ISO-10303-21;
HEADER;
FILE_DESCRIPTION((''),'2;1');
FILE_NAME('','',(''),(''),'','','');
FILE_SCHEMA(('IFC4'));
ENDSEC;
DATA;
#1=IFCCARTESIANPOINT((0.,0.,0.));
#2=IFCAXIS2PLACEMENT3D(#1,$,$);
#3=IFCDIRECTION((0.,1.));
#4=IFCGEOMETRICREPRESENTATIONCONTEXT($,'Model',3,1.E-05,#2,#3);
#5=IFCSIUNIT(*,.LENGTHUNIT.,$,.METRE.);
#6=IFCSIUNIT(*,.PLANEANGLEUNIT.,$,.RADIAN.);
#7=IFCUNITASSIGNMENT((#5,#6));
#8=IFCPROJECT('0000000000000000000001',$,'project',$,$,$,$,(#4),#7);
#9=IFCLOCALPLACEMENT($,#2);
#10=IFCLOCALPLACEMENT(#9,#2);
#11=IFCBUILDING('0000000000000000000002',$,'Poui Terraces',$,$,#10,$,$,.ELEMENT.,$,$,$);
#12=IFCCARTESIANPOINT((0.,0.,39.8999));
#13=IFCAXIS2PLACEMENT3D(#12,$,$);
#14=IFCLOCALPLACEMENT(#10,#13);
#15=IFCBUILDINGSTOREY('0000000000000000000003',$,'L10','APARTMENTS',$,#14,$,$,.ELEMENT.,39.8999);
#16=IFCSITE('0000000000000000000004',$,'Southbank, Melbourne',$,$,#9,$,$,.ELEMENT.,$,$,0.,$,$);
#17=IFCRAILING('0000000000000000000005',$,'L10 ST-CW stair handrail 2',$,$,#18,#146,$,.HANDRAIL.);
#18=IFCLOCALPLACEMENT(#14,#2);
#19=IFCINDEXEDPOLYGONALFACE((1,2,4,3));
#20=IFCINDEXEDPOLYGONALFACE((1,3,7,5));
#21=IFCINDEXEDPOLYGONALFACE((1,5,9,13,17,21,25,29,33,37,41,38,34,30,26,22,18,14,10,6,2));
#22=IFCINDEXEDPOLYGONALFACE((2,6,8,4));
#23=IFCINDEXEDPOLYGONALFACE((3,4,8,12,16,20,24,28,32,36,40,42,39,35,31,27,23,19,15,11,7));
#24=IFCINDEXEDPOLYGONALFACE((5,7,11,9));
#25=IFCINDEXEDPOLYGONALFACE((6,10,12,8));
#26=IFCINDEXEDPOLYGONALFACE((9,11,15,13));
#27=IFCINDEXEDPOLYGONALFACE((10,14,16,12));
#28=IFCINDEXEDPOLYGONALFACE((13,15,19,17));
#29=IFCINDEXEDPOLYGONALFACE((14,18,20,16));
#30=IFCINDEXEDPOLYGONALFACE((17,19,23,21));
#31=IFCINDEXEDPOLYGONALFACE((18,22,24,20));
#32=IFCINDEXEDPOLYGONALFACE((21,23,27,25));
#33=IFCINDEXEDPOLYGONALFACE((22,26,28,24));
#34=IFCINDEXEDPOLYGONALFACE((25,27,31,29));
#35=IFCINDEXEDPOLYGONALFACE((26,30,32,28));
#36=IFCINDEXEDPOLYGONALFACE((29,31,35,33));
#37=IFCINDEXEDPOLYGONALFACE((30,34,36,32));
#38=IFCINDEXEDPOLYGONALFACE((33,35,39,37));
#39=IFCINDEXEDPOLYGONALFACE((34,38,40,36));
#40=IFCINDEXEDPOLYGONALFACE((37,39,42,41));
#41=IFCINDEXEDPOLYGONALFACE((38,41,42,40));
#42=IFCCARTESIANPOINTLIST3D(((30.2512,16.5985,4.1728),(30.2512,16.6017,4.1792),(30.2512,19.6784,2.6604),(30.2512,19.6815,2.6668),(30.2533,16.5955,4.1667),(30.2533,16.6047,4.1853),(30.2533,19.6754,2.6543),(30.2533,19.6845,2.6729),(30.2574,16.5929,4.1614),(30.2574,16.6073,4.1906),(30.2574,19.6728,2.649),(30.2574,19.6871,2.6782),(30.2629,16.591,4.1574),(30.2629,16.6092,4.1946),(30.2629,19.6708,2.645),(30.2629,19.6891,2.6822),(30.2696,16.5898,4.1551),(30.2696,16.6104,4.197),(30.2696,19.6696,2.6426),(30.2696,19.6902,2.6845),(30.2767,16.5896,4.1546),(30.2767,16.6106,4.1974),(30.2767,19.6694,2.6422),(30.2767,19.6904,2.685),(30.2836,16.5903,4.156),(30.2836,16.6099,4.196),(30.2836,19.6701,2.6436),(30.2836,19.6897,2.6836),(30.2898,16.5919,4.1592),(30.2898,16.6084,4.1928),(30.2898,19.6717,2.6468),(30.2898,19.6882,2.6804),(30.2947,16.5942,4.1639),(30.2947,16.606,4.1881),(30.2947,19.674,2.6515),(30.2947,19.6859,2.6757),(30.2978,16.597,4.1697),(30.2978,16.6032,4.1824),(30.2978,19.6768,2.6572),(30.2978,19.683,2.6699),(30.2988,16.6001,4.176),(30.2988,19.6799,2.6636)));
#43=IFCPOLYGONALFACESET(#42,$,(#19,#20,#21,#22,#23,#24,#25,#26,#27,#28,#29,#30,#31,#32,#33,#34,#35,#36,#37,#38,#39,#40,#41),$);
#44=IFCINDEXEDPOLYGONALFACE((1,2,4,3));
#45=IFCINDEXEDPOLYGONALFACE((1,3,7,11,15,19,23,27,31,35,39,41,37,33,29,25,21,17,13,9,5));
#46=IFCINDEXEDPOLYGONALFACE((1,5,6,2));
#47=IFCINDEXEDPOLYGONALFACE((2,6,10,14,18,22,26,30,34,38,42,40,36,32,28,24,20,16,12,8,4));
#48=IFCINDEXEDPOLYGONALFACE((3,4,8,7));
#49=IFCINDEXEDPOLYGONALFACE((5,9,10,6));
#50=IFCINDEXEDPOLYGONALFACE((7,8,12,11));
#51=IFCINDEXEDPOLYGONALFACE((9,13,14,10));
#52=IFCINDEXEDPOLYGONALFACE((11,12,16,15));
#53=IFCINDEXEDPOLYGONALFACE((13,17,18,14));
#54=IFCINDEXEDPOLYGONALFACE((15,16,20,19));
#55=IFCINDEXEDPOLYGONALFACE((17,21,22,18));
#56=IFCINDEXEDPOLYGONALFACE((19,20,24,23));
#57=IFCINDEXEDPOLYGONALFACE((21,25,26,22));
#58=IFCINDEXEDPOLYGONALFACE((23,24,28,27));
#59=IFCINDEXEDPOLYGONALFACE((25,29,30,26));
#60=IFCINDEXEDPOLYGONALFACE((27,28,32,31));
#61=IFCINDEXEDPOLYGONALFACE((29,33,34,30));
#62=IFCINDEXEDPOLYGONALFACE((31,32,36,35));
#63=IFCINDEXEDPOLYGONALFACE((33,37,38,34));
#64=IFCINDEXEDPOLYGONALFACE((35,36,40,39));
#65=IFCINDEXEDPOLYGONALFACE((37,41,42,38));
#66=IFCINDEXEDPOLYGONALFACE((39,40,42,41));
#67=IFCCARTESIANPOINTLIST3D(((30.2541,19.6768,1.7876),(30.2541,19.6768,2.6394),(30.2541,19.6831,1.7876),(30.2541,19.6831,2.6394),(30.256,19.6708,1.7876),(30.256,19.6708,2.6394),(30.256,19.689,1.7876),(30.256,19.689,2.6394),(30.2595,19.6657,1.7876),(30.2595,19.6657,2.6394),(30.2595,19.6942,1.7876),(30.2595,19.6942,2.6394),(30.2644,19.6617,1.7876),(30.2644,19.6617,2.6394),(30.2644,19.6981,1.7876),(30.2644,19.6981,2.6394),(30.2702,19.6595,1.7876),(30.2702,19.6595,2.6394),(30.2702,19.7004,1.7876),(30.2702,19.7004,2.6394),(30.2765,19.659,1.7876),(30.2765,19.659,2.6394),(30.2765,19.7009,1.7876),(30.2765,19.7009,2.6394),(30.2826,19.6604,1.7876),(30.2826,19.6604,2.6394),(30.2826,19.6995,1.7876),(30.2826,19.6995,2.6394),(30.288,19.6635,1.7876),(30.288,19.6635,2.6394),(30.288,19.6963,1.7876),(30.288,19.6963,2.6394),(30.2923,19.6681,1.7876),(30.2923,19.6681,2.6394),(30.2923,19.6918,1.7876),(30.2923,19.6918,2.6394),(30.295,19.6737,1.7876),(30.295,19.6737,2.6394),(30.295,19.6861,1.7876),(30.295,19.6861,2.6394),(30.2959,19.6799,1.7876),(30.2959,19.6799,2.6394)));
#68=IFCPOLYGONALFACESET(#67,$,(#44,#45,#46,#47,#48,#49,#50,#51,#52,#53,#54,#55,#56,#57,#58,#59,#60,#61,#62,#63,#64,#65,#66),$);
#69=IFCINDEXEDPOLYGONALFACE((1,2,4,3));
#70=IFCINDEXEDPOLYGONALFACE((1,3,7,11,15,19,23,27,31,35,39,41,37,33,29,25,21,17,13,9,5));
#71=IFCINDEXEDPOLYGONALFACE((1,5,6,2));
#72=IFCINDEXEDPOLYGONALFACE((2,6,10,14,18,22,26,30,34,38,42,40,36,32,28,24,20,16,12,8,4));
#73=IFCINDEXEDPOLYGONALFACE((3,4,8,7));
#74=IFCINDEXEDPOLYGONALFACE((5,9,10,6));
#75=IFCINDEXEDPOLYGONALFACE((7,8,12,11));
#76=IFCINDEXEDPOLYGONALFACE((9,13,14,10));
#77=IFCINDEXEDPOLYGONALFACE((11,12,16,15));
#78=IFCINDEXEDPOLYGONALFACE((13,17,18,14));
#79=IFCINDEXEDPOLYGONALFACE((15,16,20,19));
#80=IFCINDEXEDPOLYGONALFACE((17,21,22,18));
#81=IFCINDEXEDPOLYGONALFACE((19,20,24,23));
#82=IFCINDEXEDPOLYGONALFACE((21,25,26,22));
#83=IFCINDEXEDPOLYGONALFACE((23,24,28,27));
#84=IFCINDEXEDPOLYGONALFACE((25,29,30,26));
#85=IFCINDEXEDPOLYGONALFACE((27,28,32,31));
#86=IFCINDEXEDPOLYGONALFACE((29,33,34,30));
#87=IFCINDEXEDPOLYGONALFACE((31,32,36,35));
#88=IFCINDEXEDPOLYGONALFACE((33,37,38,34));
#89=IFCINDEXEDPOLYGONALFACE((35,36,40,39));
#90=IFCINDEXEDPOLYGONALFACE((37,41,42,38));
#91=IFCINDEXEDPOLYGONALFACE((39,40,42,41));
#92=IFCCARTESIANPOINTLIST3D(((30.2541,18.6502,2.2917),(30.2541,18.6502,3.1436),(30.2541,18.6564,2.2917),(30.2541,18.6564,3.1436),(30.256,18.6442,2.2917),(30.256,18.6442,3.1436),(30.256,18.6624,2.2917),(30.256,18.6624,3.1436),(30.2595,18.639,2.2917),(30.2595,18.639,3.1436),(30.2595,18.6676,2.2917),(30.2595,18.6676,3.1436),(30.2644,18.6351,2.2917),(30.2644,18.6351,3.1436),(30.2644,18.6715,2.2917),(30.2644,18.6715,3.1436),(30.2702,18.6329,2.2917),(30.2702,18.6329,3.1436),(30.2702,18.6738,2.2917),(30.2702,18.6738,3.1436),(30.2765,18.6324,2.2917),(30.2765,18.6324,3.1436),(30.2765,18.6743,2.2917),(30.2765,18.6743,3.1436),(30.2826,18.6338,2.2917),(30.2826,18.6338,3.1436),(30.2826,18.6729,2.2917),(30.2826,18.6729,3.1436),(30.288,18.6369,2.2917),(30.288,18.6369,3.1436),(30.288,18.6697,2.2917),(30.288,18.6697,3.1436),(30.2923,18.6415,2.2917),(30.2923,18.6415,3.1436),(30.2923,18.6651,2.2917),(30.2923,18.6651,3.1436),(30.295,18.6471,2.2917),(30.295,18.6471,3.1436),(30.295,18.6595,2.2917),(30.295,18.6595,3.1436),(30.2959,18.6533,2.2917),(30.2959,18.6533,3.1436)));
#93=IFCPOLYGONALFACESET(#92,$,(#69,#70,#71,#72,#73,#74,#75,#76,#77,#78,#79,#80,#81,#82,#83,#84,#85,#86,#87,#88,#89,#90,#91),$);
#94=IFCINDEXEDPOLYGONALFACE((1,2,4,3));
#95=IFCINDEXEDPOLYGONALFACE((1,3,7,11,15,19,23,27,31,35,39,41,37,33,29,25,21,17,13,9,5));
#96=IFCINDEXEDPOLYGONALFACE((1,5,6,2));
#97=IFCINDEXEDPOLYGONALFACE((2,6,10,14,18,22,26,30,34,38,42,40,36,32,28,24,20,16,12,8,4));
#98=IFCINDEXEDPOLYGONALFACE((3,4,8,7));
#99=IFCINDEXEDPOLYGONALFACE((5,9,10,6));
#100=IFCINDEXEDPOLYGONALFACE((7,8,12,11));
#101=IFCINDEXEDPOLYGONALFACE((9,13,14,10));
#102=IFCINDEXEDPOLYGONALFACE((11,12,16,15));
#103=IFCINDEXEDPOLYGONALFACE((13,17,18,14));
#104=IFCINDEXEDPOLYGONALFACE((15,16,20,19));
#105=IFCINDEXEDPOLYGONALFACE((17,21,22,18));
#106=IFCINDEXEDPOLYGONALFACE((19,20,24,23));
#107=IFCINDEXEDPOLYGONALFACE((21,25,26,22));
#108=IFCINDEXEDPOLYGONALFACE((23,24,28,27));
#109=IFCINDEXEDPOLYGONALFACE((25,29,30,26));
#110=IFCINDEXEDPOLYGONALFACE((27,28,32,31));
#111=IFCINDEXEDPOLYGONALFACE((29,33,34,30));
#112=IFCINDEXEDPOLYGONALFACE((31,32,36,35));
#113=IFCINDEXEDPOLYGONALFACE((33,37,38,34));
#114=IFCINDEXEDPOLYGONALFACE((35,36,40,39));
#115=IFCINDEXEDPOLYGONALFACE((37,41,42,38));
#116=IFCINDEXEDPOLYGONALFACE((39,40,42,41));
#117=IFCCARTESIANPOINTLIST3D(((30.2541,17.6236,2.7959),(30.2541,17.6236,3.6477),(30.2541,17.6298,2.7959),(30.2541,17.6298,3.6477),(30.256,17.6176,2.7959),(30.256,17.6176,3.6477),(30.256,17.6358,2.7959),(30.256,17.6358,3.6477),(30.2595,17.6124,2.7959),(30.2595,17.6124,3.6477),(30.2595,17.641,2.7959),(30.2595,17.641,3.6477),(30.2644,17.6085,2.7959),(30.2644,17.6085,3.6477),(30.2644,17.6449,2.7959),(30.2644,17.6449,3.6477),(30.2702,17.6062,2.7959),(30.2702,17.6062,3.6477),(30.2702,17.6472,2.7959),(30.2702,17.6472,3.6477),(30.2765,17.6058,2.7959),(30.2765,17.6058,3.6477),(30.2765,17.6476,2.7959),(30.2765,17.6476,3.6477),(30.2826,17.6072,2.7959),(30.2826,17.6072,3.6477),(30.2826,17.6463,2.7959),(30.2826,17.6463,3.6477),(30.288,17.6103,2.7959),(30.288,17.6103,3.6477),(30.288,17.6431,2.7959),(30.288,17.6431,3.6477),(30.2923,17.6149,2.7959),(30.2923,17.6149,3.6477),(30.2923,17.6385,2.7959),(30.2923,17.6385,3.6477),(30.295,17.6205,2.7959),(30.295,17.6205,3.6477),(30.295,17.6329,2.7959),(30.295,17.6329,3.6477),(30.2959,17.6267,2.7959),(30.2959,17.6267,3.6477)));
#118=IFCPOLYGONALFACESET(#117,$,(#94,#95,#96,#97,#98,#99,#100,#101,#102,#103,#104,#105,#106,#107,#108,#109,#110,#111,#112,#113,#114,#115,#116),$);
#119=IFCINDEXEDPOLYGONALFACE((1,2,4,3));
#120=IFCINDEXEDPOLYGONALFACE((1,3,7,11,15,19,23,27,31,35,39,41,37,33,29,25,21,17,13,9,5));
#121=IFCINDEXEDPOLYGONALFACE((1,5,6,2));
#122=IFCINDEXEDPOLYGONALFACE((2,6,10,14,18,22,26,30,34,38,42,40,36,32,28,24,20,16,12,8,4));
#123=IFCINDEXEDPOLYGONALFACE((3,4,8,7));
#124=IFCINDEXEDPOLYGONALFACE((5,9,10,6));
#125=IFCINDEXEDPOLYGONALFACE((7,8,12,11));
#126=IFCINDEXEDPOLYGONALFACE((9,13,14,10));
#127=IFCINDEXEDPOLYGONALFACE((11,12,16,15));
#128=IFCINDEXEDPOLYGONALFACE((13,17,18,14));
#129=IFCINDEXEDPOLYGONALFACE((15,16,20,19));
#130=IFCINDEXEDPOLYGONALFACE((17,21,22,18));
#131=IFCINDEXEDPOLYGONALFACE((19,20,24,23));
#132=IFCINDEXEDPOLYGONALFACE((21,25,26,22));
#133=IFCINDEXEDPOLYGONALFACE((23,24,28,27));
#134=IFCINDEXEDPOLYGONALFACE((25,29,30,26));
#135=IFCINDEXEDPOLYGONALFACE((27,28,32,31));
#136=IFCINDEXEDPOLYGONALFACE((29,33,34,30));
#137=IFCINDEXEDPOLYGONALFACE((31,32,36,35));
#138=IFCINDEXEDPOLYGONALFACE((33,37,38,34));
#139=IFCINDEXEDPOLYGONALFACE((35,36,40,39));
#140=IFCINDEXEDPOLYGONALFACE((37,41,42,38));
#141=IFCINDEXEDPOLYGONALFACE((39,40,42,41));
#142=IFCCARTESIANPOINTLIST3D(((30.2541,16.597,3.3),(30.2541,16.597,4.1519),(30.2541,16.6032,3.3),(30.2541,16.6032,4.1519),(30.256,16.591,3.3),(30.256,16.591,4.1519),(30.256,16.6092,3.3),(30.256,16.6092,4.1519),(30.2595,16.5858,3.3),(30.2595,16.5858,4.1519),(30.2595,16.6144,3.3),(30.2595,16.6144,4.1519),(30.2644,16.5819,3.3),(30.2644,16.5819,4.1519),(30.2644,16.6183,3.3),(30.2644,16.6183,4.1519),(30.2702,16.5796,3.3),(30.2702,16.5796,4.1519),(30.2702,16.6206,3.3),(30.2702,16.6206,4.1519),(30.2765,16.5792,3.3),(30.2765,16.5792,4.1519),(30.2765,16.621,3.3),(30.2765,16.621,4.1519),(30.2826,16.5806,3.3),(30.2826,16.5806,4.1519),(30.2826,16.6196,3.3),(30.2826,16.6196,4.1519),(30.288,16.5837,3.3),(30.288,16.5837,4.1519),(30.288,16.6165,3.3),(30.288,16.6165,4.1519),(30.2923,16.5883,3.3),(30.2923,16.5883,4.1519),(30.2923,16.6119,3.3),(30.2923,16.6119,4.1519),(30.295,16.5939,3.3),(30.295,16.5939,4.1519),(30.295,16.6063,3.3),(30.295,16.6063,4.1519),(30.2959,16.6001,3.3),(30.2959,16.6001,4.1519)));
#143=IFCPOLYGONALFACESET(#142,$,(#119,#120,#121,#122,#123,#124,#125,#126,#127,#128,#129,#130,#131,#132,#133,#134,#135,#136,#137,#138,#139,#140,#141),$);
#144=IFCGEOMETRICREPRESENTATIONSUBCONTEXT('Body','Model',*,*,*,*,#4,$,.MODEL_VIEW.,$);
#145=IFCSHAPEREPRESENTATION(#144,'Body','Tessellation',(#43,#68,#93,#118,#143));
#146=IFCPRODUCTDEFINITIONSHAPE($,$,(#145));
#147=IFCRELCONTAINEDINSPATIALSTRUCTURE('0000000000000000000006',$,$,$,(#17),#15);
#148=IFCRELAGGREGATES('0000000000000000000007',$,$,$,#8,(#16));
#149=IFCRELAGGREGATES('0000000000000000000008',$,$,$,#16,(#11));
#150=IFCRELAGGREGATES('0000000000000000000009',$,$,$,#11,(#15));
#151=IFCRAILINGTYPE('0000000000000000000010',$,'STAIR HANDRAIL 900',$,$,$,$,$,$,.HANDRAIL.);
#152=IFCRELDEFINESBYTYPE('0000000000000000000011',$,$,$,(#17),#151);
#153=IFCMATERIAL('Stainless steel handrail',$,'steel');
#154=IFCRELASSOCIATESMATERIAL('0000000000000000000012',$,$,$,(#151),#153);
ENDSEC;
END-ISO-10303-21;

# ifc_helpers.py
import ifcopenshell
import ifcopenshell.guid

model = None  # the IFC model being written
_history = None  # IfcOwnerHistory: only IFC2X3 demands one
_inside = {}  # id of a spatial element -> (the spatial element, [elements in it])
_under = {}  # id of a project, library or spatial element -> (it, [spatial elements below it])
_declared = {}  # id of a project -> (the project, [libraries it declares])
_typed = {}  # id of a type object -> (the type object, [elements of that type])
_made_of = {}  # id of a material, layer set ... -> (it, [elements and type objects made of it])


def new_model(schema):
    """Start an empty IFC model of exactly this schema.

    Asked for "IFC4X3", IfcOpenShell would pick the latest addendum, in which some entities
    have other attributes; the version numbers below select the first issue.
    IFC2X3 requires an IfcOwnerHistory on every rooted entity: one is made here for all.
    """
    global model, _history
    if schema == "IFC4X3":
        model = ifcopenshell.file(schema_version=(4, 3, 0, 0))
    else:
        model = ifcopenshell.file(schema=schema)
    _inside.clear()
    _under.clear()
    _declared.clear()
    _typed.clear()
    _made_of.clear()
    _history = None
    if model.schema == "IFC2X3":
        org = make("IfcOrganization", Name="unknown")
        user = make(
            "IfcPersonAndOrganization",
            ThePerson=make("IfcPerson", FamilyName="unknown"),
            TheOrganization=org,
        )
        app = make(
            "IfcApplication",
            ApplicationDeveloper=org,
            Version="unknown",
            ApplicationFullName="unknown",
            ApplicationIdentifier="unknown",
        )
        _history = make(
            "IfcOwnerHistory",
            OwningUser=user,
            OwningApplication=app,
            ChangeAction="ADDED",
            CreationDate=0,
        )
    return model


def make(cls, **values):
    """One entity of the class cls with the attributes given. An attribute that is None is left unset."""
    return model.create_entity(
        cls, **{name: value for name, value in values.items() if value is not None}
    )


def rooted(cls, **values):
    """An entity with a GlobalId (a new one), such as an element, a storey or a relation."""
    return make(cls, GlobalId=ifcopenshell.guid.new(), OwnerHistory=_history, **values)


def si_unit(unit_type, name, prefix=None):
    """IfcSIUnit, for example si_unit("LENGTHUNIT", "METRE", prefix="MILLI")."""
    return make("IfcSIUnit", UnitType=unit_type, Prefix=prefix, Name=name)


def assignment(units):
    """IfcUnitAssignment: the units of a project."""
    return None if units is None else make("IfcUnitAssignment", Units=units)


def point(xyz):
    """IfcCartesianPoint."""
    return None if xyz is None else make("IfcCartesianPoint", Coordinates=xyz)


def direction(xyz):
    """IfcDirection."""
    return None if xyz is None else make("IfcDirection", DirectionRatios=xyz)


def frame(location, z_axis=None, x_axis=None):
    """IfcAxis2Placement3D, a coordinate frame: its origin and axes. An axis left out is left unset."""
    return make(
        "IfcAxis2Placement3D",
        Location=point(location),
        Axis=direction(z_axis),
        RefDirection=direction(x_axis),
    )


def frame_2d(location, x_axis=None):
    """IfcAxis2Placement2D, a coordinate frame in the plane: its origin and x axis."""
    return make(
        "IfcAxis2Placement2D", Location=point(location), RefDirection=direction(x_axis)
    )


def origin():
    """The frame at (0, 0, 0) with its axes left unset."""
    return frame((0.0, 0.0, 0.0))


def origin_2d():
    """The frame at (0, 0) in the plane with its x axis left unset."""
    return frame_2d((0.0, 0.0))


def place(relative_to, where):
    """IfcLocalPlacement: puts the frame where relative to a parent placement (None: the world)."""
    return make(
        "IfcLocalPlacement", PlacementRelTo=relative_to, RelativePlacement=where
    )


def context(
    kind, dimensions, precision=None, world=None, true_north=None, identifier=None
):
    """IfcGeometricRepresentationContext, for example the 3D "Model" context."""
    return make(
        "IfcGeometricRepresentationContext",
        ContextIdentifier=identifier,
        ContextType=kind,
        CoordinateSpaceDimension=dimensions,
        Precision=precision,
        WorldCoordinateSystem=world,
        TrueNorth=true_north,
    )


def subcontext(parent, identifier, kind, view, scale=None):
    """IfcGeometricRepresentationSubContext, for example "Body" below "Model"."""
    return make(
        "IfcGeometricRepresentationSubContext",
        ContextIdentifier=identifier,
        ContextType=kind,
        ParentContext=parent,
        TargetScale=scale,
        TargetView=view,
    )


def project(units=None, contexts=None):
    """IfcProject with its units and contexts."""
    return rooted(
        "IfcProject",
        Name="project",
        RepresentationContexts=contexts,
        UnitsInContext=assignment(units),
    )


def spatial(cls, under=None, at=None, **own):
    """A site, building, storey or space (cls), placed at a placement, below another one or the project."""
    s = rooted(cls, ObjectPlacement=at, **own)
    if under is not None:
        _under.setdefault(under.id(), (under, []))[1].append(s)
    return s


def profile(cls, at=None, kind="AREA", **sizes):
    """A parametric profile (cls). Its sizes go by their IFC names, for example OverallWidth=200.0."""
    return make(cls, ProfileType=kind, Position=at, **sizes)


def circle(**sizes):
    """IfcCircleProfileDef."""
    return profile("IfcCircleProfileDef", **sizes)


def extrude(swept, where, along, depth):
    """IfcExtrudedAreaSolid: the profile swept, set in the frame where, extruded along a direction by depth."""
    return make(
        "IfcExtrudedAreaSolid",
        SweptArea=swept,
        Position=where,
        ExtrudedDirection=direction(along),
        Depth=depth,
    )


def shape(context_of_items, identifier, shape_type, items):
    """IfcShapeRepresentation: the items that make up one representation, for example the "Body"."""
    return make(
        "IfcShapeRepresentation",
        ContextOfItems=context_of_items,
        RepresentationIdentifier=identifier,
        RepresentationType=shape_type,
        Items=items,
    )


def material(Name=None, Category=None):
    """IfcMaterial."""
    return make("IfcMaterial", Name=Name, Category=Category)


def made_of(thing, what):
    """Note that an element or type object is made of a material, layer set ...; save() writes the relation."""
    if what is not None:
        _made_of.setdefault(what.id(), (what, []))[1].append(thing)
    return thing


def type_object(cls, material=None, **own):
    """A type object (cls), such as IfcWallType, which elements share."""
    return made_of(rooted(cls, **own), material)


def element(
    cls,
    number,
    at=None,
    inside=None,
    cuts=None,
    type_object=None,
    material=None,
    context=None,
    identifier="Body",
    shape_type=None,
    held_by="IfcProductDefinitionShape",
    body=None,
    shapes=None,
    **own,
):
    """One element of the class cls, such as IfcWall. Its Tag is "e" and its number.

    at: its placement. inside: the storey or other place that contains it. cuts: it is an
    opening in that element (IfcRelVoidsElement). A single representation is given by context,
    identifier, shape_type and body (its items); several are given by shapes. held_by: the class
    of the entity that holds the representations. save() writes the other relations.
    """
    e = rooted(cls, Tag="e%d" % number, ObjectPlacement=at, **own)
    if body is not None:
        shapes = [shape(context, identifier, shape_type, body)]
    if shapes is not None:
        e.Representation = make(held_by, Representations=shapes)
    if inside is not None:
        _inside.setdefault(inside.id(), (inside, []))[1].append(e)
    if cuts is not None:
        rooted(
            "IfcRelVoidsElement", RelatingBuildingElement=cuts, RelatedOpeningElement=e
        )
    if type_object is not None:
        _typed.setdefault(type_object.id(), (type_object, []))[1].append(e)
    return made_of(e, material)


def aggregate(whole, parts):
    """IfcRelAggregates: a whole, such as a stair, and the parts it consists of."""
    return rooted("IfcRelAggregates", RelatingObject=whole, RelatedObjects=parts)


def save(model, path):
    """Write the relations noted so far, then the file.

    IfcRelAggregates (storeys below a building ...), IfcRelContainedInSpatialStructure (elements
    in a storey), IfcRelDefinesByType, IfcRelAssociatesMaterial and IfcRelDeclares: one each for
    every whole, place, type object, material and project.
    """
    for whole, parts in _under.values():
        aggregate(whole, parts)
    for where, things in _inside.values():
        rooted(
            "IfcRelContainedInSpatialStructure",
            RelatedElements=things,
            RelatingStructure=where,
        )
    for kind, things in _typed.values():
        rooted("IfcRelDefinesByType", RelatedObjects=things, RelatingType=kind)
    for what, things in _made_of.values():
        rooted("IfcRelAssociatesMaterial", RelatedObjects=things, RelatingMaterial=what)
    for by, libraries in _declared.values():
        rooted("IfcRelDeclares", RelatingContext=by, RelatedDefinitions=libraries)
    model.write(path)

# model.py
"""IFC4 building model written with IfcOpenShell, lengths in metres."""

from ifc_helpers import new_model, si_unit, direction, frame, origin, origin_2d, place, context, subcontext, project, spatial, circle, extrude, material, type_object, element, save


model = new_model("IFC4")

# Units and contexts
model_context = context("Model", 3, precision=1e-05, world=origin(), true_north=direction((0.0, 1.0)))
body_context = subcontext(model_context, "Body", "Model", "MODEL_VIEW")
ifc_project = project(units=[si_unit("LENGTHUNIT", "METRE"), si_unit("PLANEANGLEUNIT", "RADIAN")], contexts=[model_context])

# Site, building, storey
site_placement = place(None, origin())
site = spatial("IfcSite", under=ifc_project, at=site_placement, Name="Southbank, Melbourne", CompositionType="ELEMENT", RefElevation=0.0)
building_placement = place(site_placement, origin())
building = spatial("IfcBuilding", under=site, at=building_placement, Name="Poui Terraces", CompositionType="ELEMENT")
storey_placement = place(building_placement, frame((0.0, 0.0, 39.8999)))
storey = spatial("IfcBuildingStorey", under=building, at=storey_placement, Name="L10", Description="APARTMENTS", CompositionType="ELEMENT", Elevation=39.8999)

# Railing
ifc_material_1 = material(Name="Stainless steel handrail", Category="steel")
railing_type_1 = type_object("IfcRailingType", Name="STAIR HANDRAIL 900", PredefinedType="HANDRAIL", material=ifc_material_1)
railing_1_placement = place(storey_placement, frame((30.2749, 19.6799, 1.7876)))
element("IfcRailing", 1, at=railing_1_placement, inside=storey, type_object=railing_type_1, Name="L10 ST-CW stair handrail 2", PredefinedType="HANDRAIL", context=body_context, shape_type="SweptSolid", body=[
    extrude(circle(Radius=0.0239, at=origin_2d()), frame((0.0, 0.0, 0.876), z_axis=(0.0, -0.897606, 0.440798), x_axis=(1.0, 0.0, 0.0)), (0.0, 0.0, 1.0), 3.4312),
    extrude(circle(Radius=0.021, at=origin_2d()), origin(), (0.0, 0.0, 1.0), 0.8518),
    extrude(circle(Radius=0.021, at=origin_2d()), frame((0.0, -1.0266, 0.5042)), (0.0, 0.0, 1.0), 0.8518),
    extrude(circle(Radius=0.021, at=origin_2d()), frame((0.0, -2.0532, 1.0083)), (0.0, 0.0, 1.0), 0.8518),
    extrude(circle(Radius=0.021, at=origin_2d()), frame((0.0, -3.0798, 1.5125)), (0.0, 0.0, 1.0), 0.8518),
])

save(model, "model.ifc")
